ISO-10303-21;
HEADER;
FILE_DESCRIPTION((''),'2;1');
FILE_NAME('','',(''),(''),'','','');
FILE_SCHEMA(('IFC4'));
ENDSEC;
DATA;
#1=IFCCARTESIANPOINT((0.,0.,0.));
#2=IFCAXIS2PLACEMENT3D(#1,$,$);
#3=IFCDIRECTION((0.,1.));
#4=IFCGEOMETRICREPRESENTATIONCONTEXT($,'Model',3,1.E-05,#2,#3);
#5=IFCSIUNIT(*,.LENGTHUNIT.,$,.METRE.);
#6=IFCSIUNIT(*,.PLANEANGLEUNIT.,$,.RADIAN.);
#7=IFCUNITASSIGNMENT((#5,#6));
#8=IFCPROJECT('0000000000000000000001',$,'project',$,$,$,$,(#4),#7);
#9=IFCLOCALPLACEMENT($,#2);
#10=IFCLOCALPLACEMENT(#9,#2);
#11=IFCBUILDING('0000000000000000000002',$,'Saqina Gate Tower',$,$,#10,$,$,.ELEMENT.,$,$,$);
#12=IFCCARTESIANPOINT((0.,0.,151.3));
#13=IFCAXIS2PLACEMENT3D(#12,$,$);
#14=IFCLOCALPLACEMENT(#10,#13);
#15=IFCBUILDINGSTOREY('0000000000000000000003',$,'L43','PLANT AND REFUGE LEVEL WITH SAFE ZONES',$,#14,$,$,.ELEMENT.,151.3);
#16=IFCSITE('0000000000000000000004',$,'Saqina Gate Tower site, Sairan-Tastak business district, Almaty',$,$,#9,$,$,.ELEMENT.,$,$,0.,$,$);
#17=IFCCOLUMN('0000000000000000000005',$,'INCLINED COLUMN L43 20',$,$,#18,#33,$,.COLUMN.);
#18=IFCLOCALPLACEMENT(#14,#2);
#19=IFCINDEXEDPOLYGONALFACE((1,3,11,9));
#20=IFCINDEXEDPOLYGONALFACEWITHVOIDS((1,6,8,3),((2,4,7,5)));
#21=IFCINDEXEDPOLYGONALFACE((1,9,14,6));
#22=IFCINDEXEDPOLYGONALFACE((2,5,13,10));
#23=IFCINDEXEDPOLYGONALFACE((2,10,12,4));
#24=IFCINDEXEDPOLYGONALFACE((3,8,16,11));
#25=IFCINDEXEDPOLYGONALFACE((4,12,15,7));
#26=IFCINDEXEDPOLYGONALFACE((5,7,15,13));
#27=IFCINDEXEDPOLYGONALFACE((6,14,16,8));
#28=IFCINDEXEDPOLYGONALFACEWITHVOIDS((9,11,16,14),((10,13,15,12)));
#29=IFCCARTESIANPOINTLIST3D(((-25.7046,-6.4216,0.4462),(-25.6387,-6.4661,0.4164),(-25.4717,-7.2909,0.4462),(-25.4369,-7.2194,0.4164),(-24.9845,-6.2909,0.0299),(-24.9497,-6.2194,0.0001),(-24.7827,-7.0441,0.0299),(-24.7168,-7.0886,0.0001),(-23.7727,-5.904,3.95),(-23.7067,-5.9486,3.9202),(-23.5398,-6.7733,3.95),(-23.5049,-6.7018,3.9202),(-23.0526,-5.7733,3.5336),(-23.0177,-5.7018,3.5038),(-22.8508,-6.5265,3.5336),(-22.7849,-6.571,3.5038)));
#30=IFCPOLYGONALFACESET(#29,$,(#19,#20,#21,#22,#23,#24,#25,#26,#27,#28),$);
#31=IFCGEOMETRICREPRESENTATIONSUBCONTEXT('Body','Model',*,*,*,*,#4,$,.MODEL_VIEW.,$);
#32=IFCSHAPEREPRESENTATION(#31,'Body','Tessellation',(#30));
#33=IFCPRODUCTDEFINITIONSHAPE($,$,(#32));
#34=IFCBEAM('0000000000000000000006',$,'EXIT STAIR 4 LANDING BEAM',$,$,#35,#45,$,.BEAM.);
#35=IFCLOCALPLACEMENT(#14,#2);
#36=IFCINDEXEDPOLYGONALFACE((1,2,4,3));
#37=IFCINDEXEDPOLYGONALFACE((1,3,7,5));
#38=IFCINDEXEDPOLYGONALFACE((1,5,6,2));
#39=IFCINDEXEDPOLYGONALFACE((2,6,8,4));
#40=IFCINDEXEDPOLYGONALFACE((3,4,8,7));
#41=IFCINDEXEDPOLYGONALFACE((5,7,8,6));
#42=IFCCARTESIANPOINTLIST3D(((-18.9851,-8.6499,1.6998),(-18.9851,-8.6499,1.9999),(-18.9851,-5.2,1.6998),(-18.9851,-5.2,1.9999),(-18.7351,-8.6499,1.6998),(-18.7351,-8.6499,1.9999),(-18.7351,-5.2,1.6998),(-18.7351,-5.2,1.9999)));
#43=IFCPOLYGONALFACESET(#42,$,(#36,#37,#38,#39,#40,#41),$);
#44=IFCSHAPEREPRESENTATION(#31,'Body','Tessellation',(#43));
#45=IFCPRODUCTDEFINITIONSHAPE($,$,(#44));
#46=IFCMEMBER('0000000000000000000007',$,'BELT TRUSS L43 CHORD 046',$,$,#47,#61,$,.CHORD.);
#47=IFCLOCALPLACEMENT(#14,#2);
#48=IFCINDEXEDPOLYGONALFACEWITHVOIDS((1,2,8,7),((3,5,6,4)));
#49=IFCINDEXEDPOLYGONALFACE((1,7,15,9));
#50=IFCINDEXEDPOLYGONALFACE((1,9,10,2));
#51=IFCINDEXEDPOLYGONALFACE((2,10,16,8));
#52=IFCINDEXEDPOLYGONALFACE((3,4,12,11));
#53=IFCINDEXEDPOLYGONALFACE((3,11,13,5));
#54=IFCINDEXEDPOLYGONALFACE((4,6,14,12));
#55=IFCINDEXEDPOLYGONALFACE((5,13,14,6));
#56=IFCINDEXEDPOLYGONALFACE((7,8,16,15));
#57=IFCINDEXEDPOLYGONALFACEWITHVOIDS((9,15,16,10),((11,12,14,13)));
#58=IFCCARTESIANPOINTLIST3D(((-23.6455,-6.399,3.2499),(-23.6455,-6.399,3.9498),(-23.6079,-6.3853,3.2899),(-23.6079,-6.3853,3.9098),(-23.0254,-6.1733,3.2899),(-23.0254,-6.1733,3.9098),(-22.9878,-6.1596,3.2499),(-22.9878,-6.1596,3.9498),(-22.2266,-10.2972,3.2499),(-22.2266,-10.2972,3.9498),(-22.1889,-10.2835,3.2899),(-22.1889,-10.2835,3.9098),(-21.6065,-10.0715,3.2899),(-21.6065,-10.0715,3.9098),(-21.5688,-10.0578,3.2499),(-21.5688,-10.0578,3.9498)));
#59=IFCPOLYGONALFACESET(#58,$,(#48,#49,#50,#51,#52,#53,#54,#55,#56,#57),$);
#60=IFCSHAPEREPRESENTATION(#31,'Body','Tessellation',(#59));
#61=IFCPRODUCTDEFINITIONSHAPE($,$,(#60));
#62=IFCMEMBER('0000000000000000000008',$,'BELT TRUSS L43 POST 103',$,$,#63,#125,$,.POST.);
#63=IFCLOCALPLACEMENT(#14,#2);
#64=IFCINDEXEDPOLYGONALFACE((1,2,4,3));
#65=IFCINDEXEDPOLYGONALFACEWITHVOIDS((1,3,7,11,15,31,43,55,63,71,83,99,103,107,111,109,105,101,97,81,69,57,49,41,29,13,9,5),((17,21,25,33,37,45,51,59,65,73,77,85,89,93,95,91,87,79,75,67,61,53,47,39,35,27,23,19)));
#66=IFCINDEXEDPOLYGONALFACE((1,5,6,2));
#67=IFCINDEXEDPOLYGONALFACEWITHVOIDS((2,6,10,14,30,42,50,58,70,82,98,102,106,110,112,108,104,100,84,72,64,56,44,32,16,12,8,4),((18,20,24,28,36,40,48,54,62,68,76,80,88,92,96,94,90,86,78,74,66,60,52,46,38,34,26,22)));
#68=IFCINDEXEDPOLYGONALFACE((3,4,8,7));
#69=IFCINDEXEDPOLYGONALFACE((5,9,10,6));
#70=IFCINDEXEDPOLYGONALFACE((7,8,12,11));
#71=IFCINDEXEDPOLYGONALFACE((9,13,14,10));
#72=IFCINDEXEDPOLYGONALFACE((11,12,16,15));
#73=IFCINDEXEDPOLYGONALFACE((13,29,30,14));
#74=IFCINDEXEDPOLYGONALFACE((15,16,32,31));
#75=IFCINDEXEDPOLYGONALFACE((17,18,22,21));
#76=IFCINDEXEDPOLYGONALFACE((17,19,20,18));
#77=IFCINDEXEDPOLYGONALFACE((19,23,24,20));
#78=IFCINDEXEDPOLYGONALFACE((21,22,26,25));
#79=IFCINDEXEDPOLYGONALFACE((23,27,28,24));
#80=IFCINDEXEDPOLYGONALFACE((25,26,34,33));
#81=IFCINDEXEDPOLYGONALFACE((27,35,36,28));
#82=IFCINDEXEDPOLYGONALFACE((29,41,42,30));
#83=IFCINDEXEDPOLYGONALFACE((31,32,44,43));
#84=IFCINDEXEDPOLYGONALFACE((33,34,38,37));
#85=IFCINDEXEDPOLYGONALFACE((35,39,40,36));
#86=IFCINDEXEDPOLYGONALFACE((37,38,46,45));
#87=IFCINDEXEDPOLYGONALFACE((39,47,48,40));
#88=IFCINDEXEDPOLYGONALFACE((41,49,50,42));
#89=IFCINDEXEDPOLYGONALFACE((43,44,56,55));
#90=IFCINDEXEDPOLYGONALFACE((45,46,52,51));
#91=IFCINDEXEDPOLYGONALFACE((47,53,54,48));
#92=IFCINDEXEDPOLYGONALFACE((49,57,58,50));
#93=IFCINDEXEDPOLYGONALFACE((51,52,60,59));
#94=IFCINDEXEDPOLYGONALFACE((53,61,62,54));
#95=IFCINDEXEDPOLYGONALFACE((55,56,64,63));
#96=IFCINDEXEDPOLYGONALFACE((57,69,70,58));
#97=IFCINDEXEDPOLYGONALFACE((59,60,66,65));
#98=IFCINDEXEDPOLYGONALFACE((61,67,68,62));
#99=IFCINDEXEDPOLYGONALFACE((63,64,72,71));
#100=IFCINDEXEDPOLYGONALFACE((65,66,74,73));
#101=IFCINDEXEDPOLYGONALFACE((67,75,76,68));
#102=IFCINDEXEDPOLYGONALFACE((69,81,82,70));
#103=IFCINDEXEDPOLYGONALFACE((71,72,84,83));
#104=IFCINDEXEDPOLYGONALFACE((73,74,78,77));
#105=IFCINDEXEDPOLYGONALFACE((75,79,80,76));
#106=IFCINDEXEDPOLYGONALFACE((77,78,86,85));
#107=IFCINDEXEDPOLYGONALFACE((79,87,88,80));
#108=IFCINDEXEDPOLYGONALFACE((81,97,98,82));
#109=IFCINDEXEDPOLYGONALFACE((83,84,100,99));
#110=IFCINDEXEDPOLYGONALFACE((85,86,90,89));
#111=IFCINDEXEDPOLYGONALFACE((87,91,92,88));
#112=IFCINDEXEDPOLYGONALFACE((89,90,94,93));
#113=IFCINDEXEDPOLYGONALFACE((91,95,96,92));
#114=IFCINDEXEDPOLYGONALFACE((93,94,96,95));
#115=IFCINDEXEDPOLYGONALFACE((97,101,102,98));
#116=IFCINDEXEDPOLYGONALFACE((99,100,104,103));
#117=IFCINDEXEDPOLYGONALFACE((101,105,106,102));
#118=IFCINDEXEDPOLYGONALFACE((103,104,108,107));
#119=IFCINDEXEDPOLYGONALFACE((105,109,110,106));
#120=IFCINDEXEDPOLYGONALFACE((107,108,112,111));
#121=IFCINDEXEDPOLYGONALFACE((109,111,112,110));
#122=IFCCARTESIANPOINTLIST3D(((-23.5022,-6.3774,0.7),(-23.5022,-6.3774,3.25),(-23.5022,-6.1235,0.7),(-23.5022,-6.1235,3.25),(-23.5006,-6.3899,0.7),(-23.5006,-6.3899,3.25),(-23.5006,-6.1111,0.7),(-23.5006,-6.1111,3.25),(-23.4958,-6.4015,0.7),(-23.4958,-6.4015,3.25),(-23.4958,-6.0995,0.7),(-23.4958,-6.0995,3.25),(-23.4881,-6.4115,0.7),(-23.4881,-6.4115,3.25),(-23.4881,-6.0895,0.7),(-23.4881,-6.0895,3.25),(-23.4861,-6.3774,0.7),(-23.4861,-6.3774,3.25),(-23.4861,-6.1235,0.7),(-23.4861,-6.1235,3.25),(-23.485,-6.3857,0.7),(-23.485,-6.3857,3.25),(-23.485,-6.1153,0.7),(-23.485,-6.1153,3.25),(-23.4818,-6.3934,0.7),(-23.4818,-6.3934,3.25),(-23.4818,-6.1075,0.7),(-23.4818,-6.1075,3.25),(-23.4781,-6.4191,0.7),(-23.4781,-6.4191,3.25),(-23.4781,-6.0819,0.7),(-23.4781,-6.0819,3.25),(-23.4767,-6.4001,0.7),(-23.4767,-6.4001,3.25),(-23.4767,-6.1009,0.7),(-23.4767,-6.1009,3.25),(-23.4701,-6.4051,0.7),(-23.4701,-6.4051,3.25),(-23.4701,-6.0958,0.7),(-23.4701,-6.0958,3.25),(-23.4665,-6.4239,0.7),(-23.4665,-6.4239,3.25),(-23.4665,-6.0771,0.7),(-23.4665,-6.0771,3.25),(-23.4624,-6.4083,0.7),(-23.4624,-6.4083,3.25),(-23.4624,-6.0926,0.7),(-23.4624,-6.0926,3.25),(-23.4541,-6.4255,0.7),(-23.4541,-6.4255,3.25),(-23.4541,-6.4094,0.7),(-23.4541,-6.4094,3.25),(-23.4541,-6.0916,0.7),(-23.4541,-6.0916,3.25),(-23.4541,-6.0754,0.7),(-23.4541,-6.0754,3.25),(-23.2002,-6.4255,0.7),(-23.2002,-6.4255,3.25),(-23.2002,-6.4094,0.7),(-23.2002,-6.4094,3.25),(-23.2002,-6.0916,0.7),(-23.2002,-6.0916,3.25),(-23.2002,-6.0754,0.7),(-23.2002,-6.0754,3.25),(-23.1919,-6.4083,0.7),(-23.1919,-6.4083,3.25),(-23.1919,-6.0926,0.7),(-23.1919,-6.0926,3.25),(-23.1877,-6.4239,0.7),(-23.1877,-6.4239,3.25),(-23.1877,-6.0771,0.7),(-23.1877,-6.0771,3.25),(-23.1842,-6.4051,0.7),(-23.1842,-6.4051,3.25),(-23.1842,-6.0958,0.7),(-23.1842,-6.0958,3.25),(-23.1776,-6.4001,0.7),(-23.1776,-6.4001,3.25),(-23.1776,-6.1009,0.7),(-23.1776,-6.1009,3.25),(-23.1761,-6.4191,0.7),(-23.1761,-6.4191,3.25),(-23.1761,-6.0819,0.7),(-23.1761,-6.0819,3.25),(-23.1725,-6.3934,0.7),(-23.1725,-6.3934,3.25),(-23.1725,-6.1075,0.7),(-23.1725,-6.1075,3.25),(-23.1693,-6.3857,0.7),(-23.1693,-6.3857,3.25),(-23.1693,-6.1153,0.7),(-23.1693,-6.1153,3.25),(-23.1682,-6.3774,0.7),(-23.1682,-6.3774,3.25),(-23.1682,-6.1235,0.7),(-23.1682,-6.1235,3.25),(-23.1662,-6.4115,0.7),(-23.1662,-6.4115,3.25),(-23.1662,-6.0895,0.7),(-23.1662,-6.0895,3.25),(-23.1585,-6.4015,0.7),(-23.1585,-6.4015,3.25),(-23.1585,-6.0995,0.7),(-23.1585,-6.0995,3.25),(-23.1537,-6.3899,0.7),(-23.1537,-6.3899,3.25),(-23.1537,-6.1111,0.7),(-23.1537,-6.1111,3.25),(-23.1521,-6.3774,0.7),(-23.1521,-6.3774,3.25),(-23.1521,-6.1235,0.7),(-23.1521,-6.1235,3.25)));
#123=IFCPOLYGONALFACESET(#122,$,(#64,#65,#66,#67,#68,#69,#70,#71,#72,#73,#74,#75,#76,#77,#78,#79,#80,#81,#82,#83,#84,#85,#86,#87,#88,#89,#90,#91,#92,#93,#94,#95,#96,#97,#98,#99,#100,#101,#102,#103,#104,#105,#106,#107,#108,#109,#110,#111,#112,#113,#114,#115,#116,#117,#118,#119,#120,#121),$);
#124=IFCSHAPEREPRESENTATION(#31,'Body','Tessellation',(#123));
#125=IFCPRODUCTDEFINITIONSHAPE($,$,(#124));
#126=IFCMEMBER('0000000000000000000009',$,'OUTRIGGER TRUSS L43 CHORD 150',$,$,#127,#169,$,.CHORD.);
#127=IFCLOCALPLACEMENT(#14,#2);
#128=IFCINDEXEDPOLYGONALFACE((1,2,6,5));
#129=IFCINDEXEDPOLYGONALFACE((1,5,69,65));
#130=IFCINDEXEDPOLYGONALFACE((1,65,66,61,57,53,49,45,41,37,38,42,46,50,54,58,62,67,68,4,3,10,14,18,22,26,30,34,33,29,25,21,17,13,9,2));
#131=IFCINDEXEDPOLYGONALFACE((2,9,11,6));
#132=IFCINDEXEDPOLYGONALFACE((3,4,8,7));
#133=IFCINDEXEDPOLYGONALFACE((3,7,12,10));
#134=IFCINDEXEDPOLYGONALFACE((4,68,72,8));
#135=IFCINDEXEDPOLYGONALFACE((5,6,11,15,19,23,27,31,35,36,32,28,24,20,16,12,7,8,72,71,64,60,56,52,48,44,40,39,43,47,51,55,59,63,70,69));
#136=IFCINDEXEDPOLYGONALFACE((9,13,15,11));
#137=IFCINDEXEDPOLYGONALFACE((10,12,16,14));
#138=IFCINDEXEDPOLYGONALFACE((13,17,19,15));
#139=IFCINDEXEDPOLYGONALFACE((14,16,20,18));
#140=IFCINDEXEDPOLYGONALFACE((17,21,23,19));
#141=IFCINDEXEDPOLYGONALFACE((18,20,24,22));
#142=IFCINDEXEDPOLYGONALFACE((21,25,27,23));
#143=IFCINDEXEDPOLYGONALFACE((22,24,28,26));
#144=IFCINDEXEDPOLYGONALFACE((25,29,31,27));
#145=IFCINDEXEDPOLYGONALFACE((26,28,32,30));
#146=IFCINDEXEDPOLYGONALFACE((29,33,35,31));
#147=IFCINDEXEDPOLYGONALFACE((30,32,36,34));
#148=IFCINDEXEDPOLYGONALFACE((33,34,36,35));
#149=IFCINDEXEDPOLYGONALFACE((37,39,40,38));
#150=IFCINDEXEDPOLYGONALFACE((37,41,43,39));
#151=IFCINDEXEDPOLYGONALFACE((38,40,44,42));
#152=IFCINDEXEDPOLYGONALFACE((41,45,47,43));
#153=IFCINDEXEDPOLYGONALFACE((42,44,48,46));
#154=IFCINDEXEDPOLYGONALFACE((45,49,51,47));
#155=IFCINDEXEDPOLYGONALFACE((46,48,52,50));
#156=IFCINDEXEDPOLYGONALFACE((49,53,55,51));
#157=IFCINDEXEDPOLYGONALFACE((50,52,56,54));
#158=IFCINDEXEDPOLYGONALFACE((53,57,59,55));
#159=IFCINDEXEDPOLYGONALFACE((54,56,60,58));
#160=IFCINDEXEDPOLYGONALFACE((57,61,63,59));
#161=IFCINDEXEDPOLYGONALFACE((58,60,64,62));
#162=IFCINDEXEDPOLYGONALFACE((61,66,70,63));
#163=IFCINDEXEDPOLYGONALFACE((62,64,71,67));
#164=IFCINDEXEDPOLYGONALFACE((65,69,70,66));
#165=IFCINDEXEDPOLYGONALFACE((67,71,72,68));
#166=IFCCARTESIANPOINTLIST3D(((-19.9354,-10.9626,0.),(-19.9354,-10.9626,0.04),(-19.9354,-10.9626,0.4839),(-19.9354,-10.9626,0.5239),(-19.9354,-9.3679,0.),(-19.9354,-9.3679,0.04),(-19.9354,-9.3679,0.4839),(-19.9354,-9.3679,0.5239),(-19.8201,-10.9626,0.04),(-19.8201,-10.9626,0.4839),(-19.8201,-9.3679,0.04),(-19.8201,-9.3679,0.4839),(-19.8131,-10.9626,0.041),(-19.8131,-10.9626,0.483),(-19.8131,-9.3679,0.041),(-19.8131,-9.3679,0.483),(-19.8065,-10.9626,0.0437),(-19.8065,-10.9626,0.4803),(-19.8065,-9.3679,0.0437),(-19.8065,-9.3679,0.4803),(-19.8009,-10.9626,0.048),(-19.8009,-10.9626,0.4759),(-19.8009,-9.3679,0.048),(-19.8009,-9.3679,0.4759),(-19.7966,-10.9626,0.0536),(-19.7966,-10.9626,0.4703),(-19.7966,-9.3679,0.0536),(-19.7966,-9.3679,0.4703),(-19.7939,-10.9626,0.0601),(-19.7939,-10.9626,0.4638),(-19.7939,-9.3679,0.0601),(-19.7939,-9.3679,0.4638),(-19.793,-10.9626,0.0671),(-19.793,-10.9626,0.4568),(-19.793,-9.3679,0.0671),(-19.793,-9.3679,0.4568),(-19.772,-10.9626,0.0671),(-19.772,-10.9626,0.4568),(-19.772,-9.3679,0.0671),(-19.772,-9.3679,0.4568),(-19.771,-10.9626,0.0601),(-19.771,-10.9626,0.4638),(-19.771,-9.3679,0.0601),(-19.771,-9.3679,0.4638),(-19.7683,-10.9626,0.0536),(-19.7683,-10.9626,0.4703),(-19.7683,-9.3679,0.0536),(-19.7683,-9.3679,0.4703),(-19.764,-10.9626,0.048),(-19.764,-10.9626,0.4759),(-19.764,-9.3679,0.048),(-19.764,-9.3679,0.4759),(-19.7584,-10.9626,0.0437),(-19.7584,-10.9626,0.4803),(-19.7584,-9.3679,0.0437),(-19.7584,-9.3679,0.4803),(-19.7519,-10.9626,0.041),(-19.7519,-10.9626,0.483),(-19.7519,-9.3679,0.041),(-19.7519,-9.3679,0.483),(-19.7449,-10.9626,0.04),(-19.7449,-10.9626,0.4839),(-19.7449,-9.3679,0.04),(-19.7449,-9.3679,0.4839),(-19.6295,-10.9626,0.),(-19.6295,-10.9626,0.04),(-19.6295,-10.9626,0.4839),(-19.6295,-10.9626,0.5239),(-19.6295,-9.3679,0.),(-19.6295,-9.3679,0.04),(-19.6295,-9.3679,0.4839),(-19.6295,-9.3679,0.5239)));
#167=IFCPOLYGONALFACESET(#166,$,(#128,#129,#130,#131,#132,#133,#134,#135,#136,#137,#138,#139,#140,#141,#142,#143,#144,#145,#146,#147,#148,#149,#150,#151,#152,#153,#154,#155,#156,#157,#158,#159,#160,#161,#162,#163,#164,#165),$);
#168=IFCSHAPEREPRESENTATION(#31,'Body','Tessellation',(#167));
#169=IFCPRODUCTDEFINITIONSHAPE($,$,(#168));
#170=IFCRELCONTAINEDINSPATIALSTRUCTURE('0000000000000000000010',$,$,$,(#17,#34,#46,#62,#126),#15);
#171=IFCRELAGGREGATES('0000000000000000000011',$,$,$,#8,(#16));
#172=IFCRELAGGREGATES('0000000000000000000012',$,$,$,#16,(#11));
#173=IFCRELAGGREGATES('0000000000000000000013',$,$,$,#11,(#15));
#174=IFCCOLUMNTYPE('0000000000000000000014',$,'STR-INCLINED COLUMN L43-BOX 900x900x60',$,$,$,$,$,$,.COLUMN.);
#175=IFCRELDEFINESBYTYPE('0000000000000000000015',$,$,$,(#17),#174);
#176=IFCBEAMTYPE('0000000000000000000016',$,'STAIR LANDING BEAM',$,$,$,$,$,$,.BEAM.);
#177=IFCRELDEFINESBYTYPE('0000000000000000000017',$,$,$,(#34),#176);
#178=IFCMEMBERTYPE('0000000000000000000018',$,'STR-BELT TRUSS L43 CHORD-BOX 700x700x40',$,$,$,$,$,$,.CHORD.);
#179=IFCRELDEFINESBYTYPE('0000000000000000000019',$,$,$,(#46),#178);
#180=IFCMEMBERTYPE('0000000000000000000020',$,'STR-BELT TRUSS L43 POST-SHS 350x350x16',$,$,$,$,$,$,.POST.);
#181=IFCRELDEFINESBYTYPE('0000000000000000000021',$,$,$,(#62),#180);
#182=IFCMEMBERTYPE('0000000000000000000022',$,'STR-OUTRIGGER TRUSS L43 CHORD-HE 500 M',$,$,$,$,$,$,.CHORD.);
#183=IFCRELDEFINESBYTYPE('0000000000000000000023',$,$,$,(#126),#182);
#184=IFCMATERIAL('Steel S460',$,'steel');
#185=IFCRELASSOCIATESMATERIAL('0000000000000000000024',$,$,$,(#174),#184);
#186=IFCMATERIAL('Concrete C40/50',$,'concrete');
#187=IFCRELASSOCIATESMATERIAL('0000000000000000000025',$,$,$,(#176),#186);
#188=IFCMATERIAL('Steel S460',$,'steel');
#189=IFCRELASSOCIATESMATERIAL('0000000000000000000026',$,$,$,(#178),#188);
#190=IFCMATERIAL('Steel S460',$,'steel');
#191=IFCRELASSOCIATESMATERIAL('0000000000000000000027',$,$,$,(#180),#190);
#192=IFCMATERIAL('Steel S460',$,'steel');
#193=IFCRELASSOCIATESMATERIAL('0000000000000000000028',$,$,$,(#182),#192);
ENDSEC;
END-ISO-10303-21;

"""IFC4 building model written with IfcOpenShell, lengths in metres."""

from ifc_helpers import new_model, si_unit, direction, frame, origin, origin_2d, place, context, subcontext, project, spatial, rectangle, hollow_rectangle, i_section, extrude, material, material_profile, profile_set, type_object, element, save


model = new_model("IFC4")

# Units and contexts
model_context = context("Model", 3, precision=1e-05, world=origin(), true_north=direction((0.0, 1.0)))
body_context = subcontext(model_context, "Body", "Model", "MODEL_VIEW")
ifc_project = project(units=[si_unit("LENGTHUNIT", "METRE"), si_unit("PLANEANGLEUNIT", "RADIAN")], contexts=[model_context])

# Site, building, storey
site_placement = place(None, origin())
site = spatial("IfcSite", under=ifc_project, at=site_placement, Name="Saqina Gate Tower site, Sairan-Tastak business district, Almaty", CompositionType="ELEMENT", RefElevation=0.0)
building_placement = place(site_placement, origin())
building = spatial("IfcBuilding", under=site, at=building_placement, Name="Saqina Gate Tower", CompositionType="ELEMENT")
storey_placement = place(building_placement, frame((0.0, 0.0, 151.3)))
storey = spatial("IfcBuildingStorey", under=building, at=storey_placement, Name="L43", Description="PLANT AND REFUGE LEVEL WITH SAFE ZONES", CompositionType="ELEMENT", Elevation=151.3)

# Column
ifc_material_1 = material(Name="Steel S460", Category="steel")
ifc_material_profile_1 = material_profile(ifc_material_1, hollow_rectangle(XDim=0.8999, YDim=0.8999, WallThickness=0.0601, at=origin_2d()), Name="BOX 900x900x60")
ifc_profile_set_1 = profile_set([ifc_material_profile_1], Name="Steel S460")
column_type = type_object("IfcColumnType", Name="STR-INCLINED COLUMN L43-BOX 900x900x60", PredefinedType="COLUMN", material=ifc_profile_set_1)
column_placement = place(storey_placement, frame((-25.2107, -6.7551, 0.2231), z_axis=(0.478863, 0.128294, 0.868465), x_axis=(-0.258787, 0.965934, 0.0)))
element("IfcColumn", 1, at=column_placement, inside=storey, type_object=column_type, Name="INCLINED COLUMN L43 20", PredefinedType="COLUMN", context=body_context, shape_type="SweptSolid", body=[
    extrude(hollow_rectangle(XDim=0.8999, YDim=0.8999, WallThickness=0.0601, at=origin_2d()), origin(), (0.0, 0.0, 1.0), 4.0344),
])

# Beam
ifc_material_2 = material(Name="Concrete C40/50", Category="concrete")
ifc_material_profile_2 = material_profile(ifc_material_2, rectangle(XDim=0.25, YDim=0.3, at=origin_2d()), Name="STAIR LANDING BEAM")
ifc_profile_set_2 = profile_set([ifc_material_profile_2], Name="Concrete C40/50")
beam_type = type_object("IfcBeamType", Name="STAIR LANDING BEAM", PredefinedType="BEAM", material=ifc_profile_set_2)
beam_placement = place(storey_placement, frame((-18.8601, -8.6499, 1.8499), z_axis=(0.0, 1.0, 0.0), x_axis=(-1.0, 0.0, 0.0)))
element("IfcBeam", 2, at=beam_placement, inside=storey, type_object=beam_type, Name="EXIT STAIR 4 LANDING BEAM", PredefinedType="BEAM", context=body_context, shape_type="SweptSolid", body=[
    extrude(rectangle(XDim=0.25, YDim=0.3, at=origin_2d()), origin(), (0.0, 0.0, 1.0), 3.45),
])

# Members
ifc_material_3 = material(Name="Steel S460", Category="steel")
ifc_material_profile_3 = material_profile(ifc_material_3, hollow_rectangle(XDim=0.7, YDim=0.7, WallThickness=0.04, at=origin_2d()), Name="BOX 700x700x40")
ifc_profile_set_3 = profile_set([ifc_material_profile_3], Name="Steel S460")
member_type_1 = type_object("IfcMemberType", Name="STR-BELT TRUSS L43 CHORD-BOX 700x700x40", PredefinedType="CHORD", material=ifc_profile_set_3)
member_1_placement = place(storey_placement, frame((-23.3167, -6.2793, 3.5999), z_axis=(0.342045, -0.939683, 0.0), x_axis=(0.939683, 0.342045, 0.0)))
element("IfcMember", 3, at=member_1_placement, inside=storey, type_object=member_type_1, Name="BELT TRUSS L43 CHORD 046", PredefinedType="CHORD", context=body_context, shape_type="SweptSolid", body=[
    extrude(hollow_rectangle(XDim=0.7, YDim=0.7, WallThickness=0.04, at=origin_2d()), origin(), (0.0, 0.0, 1.0), 4.1484),
])
ifc_material_4 = material(Name="Steel S460", Category="steel")
ifc_material_profile_4 = material_profile(ifc_material_4, hollow_rectangle(XDim=0.3501, YDim=0.3501, WallThickness=0.0161, InnerFilletRadius=0.032, OuterFilletRadius=0.0481, at=origin_2d()), Name="SHS 350x350x16")
ifc_profile_set_4 = profile_set([ifc_material_profile_4], Name="Steel S460")
member_type_2 = type_object("IfcMemberType", Name="STR-BELT TRUSS L43 POST-SHS 350x350x16", PredefinedType="POST", material=ifc_profile_set_4)
member_2_placement = place(storey_placement, frame((-23.3271, -6.2505, 0.7), z_axis=(0.0, 0.0, 1.0), x_axis=(1.0, 0.0, 0.0)))
element("IfcMember", 4, at=member_2_placement, inside=storey, type_object=member_type_2, Name="BELT TRUSS L43 POST 103", PredefinedType="POST", context=body_context, shape_type="SweptSolid", body=[
    extrude(hollow_rectangle(XDim=0.3501, YDim=0.3501, WallThickness=0.0161, InnerFilletRadius=0.032, OuterFilletRadius=0.0481, at=origin_2d()), origin(), (0.0, 0.0, 1.0), 2.55),
])
ifc_material_5 = material(Name="Steel S460", Category="steel")
ifc_material_profile_5 = material_profile(ifc_material_5, i_section(OverallWidth=0.3059, OverallDepth=0.5239, WebThickness=0.021, FlangeThickness=0.04, FilletRadius=0.0271, at=origin_2d()), Name="HE 500 M")
ifc_profile_set_5 = profile_set([ifc_material_profile_5], Name="Steel S460")
member_type_3 = type_object("IfcMemberType", Name="STR-OUTRIGGER TRUSS L43 CHORD-HE 500 M", PredefinedType="CHORD", material=ifc_profile_set_5)
for number, where, z_axis, x_axis, name in (
    (5, (-19.7825, -9.3679, 0.262), (0.0, -1.0, 0.0), (1.0, 0.0, 0.0), "OUTRIGGER TRUSS L43 CHORD 150"),
):
    element("IfcMember", number, at=place(storey_placement, frame(where, z_axis=z_axis, x_axis=x_axis)), inside=storey, type_object=member_type_3, Name=name, PredefinedType="CHORD", context=body_context, shape_type="SweptSolid", body=[
        extrude(i_section(OverallWidth=0.3059, OverallDepth=0.5239, WebThickness=0.021, FlangeThickness=0.04, FilletRadius=0.0271, at=origin_2d()), origin(), (0.0, 0.0, 1.0), 1.5947),
    ])

save(model, "model.ifc")
